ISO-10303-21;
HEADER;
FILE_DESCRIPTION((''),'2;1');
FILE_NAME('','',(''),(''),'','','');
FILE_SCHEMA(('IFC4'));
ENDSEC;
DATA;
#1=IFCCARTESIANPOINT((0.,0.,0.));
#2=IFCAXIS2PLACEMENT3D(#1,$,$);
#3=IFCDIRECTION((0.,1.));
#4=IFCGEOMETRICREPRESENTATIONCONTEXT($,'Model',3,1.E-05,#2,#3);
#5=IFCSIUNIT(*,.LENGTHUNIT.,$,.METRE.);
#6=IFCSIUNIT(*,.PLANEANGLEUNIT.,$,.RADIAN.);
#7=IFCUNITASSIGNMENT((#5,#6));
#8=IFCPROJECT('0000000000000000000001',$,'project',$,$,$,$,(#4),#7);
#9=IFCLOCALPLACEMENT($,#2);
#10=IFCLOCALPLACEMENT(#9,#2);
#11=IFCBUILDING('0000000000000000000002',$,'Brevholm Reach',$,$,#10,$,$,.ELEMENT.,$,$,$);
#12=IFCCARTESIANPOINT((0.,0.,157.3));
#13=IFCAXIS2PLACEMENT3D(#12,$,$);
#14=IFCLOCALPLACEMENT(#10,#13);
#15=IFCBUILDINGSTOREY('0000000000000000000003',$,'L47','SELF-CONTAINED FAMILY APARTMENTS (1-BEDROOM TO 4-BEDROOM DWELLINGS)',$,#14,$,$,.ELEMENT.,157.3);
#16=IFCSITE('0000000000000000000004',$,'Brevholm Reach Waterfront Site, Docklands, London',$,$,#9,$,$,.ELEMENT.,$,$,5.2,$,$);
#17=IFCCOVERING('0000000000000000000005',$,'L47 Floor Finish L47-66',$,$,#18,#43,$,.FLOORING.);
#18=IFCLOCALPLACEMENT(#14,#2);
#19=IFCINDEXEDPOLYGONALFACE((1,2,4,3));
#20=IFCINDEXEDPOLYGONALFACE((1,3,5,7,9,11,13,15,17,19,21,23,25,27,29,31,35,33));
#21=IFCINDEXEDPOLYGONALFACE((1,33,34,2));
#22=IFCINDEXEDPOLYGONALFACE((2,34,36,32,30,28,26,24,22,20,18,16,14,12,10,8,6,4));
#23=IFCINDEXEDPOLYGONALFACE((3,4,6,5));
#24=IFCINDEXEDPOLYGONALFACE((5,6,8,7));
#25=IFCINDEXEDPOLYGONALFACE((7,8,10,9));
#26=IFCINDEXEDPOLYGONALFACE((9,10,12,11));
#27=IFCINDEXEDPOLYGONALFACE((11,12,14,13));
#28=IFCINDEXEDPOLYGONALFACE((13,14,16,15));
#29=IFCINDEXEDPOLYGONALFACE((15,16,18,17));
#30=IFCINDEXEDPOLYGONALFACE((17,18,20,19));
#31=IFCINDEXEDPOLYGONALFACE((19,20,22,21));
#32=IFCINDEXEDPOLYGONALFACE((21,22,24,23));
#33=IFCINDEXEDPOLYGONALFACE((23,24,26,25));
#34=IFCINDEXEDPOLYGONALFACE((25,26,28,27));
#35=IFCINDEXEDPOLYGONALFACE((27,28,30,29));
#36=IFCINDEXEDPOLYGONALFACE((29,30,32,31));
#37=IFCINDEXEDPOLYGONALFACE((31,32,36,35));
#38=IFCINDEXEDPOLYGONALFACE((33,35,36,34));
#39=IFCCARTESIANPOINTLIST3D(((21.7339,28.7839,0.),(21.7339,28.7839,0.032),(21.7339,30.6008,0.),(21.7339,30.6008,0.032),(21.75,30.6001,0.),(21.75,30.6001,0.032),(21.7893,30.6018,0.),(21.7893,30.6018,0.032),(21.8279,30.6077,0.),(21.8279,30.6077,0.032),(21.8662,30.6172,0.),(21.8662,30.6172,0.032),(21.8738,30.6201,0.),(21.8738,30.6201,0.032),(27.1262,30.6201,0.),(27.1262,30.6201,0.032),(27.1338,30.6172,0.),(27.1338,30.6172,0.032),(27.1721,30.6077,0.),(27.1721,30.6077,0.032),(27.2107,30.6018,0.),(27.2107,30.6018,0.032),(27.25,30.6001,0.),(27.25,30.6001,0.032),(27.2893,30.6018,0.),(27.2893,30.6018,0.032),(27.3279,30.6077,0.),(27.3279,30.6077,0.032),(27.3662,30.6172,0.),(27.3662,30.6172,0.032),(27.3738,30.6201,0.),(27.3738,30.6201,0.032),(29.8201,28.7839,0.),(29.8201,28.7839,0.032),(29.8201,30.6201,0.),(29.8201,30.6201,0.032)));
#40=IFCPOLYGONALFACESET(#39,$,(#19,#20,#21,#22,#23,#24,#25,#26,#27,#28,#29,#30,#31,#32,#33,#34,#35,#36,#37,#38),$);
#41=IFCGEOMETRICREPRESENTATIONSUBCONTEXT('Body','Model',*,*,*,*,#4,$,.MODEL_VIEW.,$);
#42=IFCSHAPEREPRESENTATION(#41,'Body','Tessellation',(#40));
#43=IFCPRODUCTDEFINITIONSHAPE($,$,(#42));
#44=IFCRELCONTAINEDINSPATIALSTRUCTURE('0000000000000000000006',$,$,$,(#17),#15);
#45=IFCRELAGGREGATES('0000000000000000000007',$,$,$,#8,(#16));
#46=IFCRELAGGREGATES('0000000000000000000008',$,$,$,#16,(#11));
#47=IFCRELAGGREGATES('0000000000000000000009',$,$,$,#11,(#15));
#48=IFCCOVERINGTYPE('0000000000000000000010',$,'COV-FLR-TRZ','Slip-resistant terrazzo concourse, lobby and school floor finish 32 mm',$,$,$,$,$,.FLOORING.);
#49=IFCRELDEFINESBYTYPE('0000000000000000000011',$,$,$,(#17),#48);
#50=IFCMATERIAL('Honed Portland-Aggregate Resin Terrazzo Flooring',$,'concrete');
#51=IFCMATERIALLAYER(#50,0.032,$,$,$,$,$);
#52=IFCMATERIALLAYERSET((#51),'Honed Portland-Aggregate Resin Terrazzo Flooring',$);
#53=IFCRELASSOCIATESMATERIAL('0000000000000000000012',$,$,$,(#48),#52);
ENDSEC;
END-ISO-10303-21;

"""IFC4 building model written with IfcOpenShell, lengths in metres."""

from ifc_helpers import new_model, si_unit, direction, frame, origin, place, context, subcontext, project, spatial, polyline, outline, extrude, material, layer, layer_set, type_object, element, save


model = new_model("IFC4")

# Units and contexts
model_context = context("Model", 3, precision=1e-05, world=origin(), true_north=direction((0.0, 1.0)))
body_context = subcontext(model_context, "Body", "Model", "MODEL_VIEW")
ifc_project = project(units=[si_unit("LENGTHUNIT", "METRE"), si_unit("PLANEANGLEUNIT", "RADIAN")], contexts=[model_context])

# Site, building, storey
site_placement = place(None, origin())
site = spatial("IfcSite", under=ifc_project, at=site_placement, Name="Brevholm Reach Waterfront Site, Docklands, London", CompositionType="ELEMENT", RefElevation=5.2)
building_placement = place(site_placement, origin())
building = spatial("IfcBuilding", under=site, at=building_placement, Name="Brevholm Reach", CompositionType="ELEMENT")
storey_placement = place(building_placement, frame((0.0, 0.0, 157.3)))
storey = spatial("IfcBuildingStorey", under=building, at=storey_placement, Name="L47", Description="SELF-CONTAINED FAMILY APARTMENTS (1-BEDROOM TO 4-BEDROOM DWELLINGS)", CompositionType="ELEMENT", Elevation=157.3)

# Covering
ifc_material_1 = material(Name="Honed Portland-Aggregate Resin Terrazzo Flooring", Category="concrete")
ifc_layer_1 = layer(ifc_material_1, 0.032)
ifc_layer_set_1 = layer_set([ifc_layer_1], Name="Honed Portland-Aggregate Resin Terrazzo Flooring")
covering_type_1 = type_object("IfcCoveringType", Name="COV-FLR-TRZ", Description="Slip-resistant terrazzo concourse, lobby and school floor finish 32 mm", PredefinedType="FLOORING", material=ifc_layer_set_1)
covering_1_placement = place(storey_placement, origin())
element("IfcCovering", 1, at=covering_1_placement, inside=storey, type_object=covering_type_1, Name="L47 Floor Finish L47-66", PredefinedType="FLOORING", context=body_context, shape_type="SweptSolid", body=[
    extrude(outline(polyline([(27.1262, 30.6201), (27.1338, 30.6172), (27.1721, 30.6077), (27.2107, 30.6018), (27.25, 30.6001), (27.2893, 30.6018), (27.3279, 30.6077), (27.3662, 30.6172), (27.3738, 30.6201), (29.8201, 30.6201), (29.8201, 28.7839), (21.7339, 28.7839), (21.7339, 30.6008), (21.75, 30.6001), (21.7893, 30.6018), (21.8279, 30.6077), (21.8662, 30.6172), (21.8738, 30.6201), (27.1262, 30.6201)])), origin(), (0.0, 0.0, 1.0), 0.032),
])

save(model, "model.ifc")
